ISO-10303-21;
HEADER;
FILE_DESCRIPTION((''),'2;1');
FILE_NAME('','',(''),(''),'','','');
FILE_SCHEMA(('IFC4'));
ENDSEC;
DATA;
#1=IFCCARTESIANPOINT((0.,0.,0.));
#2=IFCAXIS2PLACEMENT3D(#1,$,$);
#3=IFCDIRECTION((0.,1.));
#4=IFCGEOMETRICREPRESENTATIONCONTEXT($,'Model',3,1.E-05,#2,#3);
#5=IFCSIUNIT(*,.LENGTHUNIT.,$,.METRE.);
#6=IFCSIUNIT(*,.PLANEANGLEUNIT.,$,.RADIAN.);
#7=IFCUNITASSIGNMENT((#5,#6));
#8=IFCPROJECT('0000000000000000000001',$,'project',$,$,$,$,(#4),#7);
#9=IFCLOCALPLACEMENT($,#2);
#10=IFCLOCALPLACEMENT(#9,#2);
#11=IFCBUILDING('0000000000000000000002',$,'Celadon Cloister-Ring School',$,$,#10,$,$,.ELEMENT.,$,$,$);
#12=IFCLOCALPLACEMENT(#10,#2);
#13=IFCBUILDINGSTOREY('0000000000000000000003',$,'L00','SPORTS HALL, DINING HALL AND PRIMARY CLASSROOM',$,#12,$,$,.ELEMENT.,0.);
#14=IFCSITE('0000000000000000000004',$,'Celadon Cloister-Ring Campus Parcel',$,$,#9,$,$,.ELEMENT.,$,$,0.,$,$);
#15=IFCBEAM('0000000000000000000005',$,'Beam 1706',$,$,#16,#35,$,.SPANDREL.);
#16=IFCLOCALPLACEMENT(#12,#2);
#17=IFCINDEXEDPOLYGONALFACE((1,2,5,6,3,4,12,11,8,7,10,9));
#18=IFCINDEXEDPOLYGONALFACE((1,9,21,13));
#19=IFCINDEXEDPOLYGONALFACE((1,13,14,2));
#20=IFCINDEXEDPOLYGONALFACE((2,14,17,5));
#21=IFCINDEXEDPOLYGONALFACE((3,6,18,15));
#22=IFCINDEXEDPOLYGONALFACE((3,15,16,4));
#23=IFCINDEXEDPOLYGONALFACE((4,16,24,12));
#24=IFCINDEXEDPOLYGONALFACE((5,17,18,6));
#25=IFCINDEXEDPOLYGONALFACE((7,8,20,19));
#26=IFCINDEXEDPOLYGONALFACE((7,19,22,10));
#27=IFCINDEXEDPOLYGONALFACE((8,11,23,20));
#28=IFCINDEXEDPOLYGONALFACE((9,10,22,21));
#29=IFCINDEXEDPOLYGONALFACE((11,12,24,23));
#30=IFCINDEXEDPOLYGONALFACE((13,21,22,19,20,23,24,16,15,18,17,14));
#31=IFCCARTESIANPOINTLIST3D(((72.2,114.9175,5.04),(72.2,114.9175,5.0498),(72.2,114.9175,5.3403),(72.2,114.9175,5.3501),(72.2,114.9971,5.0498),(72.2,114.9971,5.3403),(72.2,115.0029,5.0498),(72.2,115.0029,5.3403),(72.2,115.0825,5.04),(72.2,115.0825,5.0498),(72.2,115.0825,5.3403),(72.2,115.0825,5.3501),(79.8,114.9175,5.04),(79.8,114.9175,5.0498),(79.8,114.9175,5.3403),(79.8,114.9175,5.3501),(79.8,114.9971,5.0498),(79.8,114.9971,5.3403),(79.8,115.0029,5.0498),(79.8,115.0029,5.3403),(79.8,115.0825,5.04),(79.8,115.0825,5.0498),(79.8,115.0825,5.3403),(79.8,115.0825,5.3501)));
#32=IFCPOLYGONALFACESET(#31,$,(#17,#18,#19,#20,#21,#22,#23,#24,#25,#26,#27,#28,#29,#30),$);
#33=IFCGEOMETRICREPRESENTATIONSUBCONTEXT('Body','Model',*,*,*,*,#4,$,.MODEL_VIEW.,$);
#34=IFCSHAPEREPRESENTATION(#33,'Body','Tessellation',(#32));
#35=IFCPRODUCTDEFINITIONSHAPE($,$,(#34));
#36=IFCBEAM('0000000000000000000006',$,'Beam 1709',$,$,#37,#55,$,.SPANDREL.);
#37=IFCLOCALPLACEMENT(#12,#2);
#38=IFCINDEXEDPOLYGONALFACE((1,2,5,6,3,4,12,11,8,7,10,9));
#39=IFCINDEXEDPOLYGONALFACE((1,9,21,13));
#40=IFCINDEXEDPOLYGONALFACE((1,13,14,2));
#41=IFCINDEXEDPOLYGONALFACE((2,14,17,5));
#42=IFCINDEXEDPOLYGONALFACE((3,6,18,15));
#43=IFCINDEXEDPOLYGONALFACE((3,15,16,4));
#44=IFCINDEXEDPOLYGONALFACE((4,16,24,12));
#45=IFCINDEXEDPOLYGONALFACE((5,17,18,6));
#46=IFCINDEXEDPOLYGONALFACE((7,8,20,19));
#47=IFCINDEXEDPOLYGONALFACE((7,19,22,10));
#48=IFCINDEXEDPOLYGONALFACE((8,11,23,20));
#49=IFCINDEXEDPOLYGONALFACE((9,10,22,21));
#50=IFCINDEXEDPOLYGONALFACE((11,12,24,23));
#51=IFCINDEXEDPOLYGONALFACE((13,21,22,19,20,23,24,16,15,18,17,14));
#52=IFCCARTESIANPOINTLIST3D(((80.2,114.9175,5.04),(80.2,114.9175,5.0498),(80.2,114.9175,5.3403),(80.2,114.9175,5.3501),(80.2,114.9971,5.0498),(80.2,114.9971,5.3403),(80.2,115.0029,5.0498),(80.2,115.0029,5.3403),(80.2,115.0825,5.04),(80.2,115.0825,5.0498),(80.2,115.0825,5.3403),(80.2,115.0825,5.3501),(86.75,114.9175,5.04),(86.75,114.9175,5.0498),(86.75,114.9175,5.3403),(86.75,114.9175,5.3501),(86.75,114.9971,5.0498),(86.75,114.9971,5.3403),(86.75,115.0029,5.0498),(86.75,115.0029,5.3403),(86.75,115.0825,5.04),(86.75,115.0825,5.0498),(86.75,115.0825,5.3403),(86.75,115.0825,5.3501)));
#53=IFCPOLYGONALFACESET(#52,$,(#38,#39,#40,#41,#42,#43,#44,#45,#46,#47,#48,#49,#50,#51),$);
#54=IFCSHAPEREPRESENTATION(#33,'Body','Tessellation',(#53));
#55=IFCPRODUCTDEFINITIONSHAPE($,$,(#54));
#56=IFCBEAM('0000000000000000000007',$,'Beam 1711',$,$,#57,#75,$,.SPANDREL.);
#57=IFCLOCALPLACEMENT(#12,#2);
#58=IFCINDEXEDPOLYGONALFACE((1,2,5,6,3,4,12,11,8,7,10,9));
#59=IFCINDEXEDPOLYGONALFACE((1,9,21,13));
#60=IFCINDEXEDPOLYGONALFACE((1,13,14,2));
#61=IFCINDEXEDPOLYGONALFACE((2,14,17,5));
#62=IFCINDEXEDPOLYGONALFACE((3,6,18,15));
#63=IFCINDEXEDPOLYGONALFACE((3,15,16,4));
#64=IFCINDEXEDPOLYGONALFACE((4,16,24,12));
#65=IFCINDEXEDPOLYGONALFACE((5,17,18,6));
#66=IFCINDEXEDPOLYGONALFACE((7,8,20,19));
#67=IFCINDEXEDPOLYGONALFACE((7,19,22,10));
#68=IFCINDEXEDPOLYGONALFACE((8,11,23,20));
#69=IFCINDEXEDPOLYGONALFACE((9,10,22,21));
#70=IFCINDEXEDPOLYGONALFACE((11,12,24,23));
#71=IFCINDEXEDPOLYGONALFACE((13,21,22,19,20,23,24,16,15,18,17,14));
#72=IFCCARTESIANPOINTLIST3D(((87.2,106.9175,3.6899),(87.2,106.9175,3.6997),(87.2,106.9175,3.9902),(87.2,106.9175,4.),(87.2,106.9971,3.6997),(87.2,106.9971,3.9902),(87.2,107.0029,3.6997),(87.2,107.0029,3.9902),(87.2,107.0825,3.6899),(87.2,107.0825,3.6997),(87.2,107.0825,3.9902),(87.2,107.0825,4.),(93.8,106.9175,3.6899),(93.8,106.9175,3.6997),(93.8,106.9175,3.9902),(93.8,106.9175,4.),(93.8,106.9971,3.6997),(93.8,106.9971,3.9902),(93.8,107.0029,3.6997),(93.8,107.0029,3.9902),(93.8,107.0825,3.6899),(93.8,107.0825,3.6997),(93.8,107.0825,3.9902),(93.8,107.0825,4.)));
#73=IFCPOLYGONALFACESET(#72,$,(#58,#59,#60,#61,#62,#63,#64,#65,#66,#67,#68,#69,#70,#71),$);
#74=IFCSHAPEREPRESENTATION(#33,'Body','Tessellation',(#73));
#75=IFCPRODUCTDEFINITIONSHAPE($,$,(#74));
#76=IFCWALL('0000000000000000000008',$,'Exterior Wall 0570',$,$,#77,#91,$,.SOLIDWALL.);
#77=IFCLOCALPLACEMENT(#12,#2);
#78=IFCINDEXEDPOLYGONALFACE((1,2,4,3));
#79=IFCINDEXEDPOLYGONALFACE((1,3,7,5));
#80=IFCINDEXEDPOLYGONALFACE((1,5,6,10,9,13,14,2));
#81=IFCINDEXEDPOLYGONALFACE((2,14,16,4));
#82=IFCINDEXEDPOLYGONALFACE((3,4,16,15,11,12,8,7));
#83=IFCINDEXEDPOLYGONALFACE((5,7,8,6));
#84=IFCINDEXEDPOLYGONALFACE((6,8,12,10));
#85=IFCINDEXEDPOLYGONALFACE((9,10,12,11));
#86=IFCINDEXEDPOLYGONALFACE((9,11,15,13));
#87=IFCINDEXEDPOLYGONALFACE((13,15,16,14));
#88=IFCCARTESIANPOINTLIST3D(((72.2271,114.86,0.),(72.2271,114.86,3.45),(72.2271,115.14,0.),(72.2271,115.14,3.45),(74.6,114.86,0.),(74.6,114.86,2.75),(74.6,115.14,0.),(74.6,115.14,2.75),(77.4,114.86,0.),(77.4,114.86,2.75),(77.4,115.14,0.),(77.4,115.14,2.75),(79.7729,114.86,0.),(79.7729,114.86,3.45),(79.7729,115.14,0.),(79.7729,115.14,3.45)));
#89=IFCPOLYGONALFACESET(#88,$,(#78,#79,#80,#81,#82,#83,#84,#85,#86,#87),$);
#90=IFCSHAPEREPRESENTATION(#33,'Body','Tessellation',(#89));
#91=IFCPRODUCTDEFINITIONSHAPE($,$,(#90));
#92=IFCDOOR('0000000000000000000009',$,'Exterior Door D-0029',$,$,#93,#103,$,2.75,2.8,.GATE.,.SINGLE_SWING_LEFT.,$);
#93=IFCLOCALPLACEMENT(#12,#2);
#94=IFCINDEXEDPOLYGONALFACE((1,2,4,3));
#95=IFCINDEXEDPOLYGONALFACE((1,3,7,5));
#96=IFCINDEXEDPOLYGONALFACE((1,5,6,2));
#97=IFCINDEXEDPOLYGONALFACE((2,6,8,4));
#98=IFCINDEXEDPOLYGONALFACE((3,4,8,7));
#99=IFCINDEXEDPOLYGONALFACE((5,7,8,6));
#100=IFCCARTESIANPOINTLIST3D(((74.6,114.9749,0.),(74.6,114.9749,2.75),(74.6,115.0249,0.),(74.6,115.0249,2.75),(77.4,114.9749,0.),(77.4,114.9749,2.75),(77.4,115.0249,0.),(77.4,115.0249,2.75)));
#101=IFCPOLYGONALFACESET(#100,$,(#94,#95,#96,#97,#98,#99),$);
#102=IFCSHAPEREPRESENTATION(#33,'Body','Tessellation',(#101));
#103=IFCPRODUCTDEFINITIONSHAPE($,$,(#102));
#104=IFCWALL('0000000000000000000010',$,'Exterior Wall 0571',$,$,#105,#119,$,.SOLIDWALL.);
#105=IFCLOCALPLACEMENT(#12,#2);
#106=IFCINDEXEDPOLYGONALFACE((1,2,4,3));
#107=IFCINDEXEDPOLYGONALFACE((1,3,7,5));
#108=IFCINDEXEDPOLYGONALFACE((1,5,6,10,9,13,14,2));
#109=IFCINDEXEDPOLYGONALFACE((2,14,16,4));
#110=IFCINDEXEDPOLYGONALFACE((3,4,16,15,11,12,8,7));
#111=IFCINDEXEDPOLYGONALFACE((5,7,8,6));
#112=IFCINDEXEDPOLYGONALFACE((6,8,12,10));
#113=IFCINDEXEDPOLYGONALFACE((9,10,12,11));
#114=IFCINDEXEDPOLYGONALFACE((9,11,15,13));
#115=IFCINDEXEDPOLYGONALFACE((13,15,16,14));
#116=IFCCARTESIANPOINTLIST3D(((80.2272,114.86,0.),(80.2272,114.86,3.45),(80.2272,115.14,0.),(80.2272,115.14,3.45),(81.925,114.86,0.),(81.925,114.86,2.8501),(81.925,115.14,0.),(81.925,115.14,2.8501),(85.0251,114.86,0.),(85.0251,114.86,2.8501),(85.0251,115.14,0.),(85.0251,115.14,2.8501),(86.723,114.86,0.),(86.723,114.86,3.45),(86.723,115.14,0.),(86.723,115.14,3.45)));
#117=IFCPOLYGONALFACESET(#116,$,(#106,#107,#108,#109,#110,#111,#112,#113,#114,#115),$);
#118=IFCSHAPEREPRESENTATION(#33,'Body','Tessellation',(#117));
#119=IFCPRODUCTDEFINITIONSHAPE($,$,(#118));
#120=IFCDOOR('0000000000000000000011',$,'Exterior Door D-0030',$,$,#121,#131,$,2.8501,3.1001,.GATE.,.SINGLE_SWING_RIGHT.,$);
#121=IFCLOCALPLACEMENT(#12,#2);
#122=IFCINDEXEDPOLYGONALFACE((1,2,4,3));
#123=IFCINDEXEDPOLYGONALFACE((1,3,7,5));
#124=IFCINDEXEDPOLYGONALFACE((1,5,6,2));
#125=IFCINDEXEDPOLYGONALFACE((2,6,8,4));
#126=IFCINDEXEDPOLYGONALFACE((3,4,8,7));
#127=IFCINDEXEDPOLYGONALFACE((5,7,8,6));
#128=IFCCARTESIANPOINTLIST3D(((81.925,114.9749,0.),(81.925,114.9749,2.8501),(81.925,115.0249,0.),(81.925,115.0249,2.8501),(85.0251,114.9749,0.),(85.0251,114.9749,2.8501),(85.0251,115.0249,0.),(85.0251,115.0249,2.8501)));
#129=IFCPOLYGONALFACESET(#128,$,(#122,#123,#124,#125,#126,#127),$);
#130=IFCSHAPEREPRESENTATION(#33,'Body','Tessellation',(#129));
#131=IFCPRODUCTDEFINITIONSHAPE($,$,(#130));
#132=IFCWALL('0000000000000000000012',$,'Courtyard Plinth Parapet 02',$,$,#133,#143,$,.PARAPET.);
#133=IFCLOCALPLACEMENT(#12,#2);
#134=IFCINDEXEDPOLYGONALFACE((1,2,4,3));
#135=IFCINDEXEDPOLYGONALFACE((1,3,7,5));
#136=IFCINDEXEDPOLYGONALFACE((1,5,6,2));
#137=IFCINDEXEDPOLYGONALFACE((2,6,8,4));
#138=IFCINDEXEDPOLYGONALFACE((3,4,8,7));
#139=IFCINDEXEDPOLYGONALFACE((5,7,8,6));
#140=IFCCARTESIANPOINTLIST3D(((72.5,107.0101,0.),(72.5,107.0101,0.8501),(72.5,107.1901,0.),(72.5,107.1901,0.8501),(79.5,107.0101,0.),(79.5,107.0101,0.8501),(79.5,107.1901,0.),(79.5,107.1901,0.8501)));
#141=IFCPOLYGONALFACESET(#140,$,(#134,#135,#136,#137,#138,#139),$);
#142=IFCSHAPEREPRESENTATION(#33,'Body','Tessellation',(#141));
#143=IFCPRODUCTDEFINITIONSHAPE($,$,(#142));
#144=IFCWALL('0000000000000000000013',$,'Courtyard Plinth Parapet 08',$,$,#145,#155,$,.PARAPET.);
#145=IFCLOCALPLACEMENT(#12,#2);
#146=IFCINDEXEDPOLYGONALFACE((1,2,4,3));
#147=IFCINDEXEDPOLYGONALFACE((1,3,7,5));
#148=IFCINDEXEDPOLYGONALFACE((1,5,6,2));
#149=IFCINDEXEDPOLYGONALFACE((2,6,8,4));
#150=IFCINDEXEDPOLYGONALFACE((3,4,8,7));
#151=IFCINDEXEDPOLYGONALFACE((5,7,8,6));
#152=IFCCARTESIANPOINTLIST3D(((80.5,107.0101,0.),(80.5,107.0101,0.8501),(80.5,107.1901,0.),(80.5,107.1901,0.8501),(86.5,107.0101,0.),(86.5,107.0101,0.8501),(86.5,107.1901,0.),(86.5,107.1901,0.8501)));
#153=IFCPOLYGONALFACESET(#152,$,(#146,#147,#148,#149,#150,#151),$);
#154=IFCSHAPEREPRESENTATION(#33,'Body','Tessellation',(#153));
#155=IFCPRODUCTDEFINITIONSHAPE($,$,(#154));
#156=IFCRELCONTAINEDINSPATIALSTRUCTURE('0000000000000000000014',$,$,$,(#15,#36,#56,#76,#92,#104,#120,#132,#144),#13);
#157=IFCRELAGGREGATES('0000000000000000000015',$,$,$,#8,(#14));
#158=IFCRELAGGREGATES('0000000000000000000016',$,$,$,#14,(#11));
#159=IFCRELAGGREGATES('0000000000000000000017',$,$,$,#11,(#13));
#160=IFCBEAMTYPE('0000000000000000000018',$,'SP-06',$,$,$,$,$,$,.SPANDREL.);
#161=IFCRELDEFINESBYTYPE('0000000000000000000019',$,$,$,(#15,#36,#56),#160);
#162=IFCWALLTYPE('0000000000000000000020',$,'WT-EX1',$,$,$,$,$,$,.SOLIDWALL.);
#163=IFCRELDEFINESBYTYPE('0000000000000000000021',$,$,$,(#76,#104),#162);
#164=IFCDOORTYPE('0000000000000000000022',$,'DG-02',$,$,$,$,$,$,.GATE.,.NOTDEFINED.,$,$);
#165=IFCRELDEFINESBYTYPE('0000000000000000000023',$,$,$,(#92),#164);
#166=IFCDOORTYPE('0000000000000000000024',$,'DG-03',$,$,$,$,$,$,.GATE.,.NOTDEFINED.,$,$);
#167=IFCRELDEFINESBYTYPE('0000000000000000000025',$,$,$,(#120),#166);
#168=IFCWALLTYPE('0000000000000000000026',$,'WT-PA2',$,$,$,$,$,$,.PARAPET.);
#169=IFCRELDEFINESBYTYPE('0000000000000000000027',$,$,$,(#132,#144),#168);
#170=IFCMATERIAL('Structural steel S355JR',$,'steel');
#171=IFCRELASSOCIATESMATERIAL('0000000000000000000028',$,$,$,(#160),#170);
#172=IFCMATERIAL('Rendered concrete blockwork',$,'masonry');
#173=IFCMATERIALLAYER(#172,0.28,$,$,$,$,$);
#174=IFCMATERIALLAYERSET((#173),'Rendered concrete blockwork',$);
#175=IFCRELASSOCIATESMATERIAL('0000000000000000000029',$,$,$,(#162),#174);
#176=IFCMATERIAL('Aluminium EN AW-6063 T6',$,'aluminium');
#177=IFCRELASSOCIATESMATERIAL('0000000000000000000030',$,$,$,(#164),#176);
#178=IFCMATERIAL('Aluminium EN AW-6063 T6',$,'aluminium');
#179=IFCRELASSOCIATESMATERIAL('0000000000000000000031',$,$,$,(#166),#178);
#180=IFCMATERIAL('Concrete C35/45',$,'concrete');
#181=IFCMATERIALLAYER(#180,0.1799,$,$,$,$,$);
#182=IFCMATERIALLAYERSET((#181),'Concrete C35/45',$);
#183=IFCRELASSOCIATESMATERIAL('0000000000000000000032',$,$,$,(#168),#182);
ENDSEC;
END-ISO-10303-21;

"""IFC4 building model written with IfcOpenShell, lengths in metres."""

from ifc_helpers import new_model, si_unit, direction, frame, frame_2d, origin, origin_2d, place, context, subcontext, project, spatial, rectangle, i_section, extrude, material, layer, layer_set, material_profile, profile_set, type_object, element, fill, save


model = new_model("IFC4")

# Units and contexts
model_context = context("Model", 3, precision=1e-05, world=origin(), true_north=direction((0.0, 1.0)))
body_context = subcontext(model_context, "Body", "Model", "MODEL_VIEW")
ifc_project = project(units=[si_unit("LENGTHUNIT", "METRE"), si_unit("PLANEANGLEUNIT", "RADIAN")], contexts=[model_context])

# Site, building, storey
site_placement = place(None, origin())
site = spatial("IfcSite", under=ifc_project, at=site_placement, Name="Celadon Cloister-Ring Campus Parcel", CompositionType="ELEMENT", RefElevation=0.0)
building_placement = place(site_placement, origin())
building = spatial("IfcBuilding", under=site, at=building_placement, Name="Celadon Cloister-Ring School", CompositionType="ELEMENT")
storey_placement = place(building_placement, origin())
storey = spatial("IfcBuildingStorey", under=building, at=storey_placement, Name="L00", Description="SPORTS HALL, DINING HALL AND PRIMARY CLASSROOM", CompositionType="ELEMENT", Elevation=0.0)

# Beams
ifc_material_1 = material(Name="Structural steel S355JR", Category="steel")
ifc_material_profile_1 = material_profile(ifc_material_1, i_section(OverallWidth=0.165, OverallDepth=0.3101, WebThickness=0.0059, FlangeThickness=0.0098, at=origin_2d()), Name="W310X39")
ifc_profile_set_1 = profile_set([ifc_material_profile_1], Name="Structural steel S355JR")
beam_type_1 = type_object("IfcBeamType", Name="SP-06", PredefinedType="SPANDREL", material=ifc_profile_set_1)
beam_1_placement = place(storey_placement, frame((72.2, 115.0, 5.1951), z_axis=(1.0, 0.0, 0.0), x_axis=(0.0, 1.0, 0.0)))
element("IfcBeam", 1, at=beam_1_placement, inside=storey, type_object=beam_type_1, Name="Beam 1706", PredefinedType="SPANDREL", context=body_context, shape_type="SweptSolid", body=[
    extrude(i_section(OverallWidth=0.165, OverallDepth=0.3101, WebThickness=0.0059, FlangeThickness=0.0098, at=origin_2d()), origin(), (0.0, 0.0, 1.0), 7.6001),
])
beam_2_placement = place(storey_placement, frame((80.2, 115.0, 5.1951), z_axis=(1.0, 0.0, 0.0), x_axis=(0.0, 1.0, 0.0)))
element("IfcBeam", 2, at=beam_2_placement, inside=storey, type_object=beam_type_1, Name="Beam 1709", PredefinedType="SPANDREL", context=body_context, shape_type="SweptSolid", body=[
    extrude(i_section(OverallWidth=0.165, OverallDepth=0.3101, WebThickness=0.0059, FlangeThickness=0.0098, at=origin_2d()), origin(), (0.0, 0.0, 1.0), 6.55),
])
beam_3_placement = place(storey_placement, frame((87.2, 107.0, 3.845), z_axis=(1.0, 0.0, 0.0), x_axis=(0.0, 1.0, 0.0)))
element("IfcBeam", 3, at=beam_3_placement, inside=storey, type_object=beam_type_1, Name="Beam 1711", PredefinedType="SPANDREL", context=body_context, shape_type="SweptSolid", body=[
    extrude(i_section(OverallWidth=0.165, OverallDepth=0.3101, WebThickness=0.0059, FlangeThickness=0.0098, at=origin_2d()), origin(), (0.0, 0.0, 1.0), 6.6001),
])

# Walls, openings, doors
ifc_material_2 = material(Name="Rendered concrete blockwork", Category="masonry")
ifc_layer_1 = layer(ifc_material_2, 0.28)
ifc_layer_set_1 = layer_set([ifc_layer_1], Name="Rendered concrete blockwork")
wall_type_1 = type_object("IfcWallType", Name="WT-EX1", PredefinedType="SOLIDWALL", material=ifc_layer_set_1)
wall_1_placement = place(storey_placement, frame((72.2271, 115.0, 0.0), z_axis=(0.0, 0.0, 1.0), x_axis=(1.0, 0.0, 0.0)))
wall_1 = element("IfcWall", 4, at=wall_1_placement, inside=storey, type_object=wall_type_1, Name="Exterior Wall 0570", PredefinedType="SOLIDWALL", context=body_context, shape_type="SweptSolid", body=[
    extrude(rectangle(XDim=7.5459, YDim=0.28, at=frame_2d((3.7729, 0.0))), origin(), (0.0, 0.0, 1.0), 3.45),
])
opening_1_placement = place(wall_1_placement, frame((2.373, 0.0, 0.0)))
opening_1 = element("IfcOpeningElement", 5, at=opening_1_placement, cuts=wall_1, PredefinedType="OPENING", context=body_context, shape_type="SweptSolid", body=[
    extrude(rectangle(XDim=2.8, YDim=2.75, at=frame_2d((1.3999, 1.375))), frame((0.0, 0.1499, 0.0), z_axis=(0.0, -1.0, 0.0), x_axis=(1.0, 0.0, 0.0)), (0.0, 0.0, 1.0), 0.3),
])
ifc_material_3 = material(Name="Aluminium EN AW-6063 T6", Category="aluminium")
door_type_1 = type_object("IfcDoorType", Name="DG-02", OperationType="NOTDEFINED", PredefinedType="GATE", material=ifc_material_3)
door_1_placement = place(opening_1_placement, origin())
door_1 = element("IfcDoor", 6, at=door_1_placement, inside=storey, type_object=door_type_1, Name="Exterior Door D-0029", OperationType="SINGLE_SWING_LEFT", OverallHeight=2.75, OverallWidth=2.8, PredefinedType="GATE", context=body_context, shape_type="SweptSolid", body=[
    extrude(rectangle(XDim=2.8, YDim=2.75, at=frame_2d((1.3999, 1.375))), frame((0.0, 0.0249, 0.0), z_axis=(0.0, -1.0, 0.0), x_axis=(1.0, 0.0, 0.0)), (0.0, 0.0, 1.0), 0.05),
])
fill(opening_1, door_1)
wall_2_placement = place(storey_placement, frame((80.2271, 115.0, 0.0), z_axis=(0.0, 0.0, 1.0), x_axis=(1.0, 0.0, 0.0)))
wall_2 = element("IfcWall", 7, at=wall_2_placement, inside=storey, type_object=wall_type_1, Name="Exterior Wall 0571", PredefinedType="SOLIDWALL", context=body_context, shape_type="SweptSolid", body=[
    extrude(rectangle(XDim=6.4958, YDim=0.28, at=frame_2d((3.248, 0.0))), origin(), (0.0, 0.0, 1.0), 3.45),
])
opening_2_placement = place(wall_2_placement, frame((1.698, 0.0, 0.0)))
opening_2 = element("IfcOpeningElement", 8, at=opening_2_placement, cuts=wall_2, PredefinedType="OPENING", context=body_context, shape_type="SweptSolid", body=[
    extrude(rectangle(XDim=3.1001, YDim=2.8501, at=frame_2d((1.55, 1.425))), frame((0.0, 0.1499, 0.0), z_axis=(0.0, -1.0, 0.0), x_axis=(1.0, 0.0, 0.0)), (0.0, 0.0, 1.0), 0.3),
])
ifc_material_4 = material(Name="Aluminium EN AW-6063 T6", Category="aluminium")
door_type_2 = type_object("IfcDoorType", Name="DG-03", OperationType="NOTDEFINED", PredefinedType="GATE", material=ifc_material_4)
door_2_placement = place(opening_2_placement, origin())
door_2 = element("IfcDoor", 9, at=door_2_placement, inside=storey, type_object=door_type_2, Name="Exterior Door D-0030", OperationType="SINGLE_SWING_RIGHT", OverallHeight=2.8501, OverallWidth=3.1001, PredefinedType="GATE", context=body_context, shape_type="SweptSolid", body=[
    extrude(rectangle(XDim=3.1001, YDim=2.8501, at=frame_2d((1.55, 1.425))), frame((0.0, 0.0249, 0.0), z_axis=(0.0, -1.0, 0.0), x_axis=(1.0, 0.0, 0.0)), (0.0, 0.0, 1.0), 0.05),
])
fill(opening_2, door_2)

# Walls
ifc_material_5 = material(Name="Concrete C35/45", Category="concrete")
ifc_layer_2 = layer(ifc_material_5, 0.1799)
ifc_layer_set_2 = layer_set([ifc_layer_2], Name="Concrete C35/45")
wall_type_2 = type_object("IfcWallType", Name="WT-PA2", PredefinedType="PARAPET", material=ifc_layer_set_2)
wall_3_placement = place(storey_placement, frame((72.5, 107.1001, 0.0), z_axis=(0.0, 0.0, 1.0), x_axis=(1.0, 0.0, 0.0)))
element("IfcWall", 10, at=wall_3_placement, inside=storey, type_object=wall_type_2, Name="Courtyard Plinth Parapet 02", PredefinedType="PARAPET", context=body_context, shape_type="SweptSolid", body=[
    extrude(rectangle(XDim=7.0, YDim=0.1799, at=frame_2d((3.5, 0.0))), origin(), (0.0, 0.0, 1.0), 0.8501),
])
wall_4_placement = place(storey_placement, frame((80.5, 107.1001, 0.0), z_axis=(0.0, 0.0, 1.0), x_axis=(1.0, 0.0, 0.0)))
element("IfcWall", 11, at=wall_4_placement, inside=storey, type_object=wall_type_2, Name="Courtyard Plinth Parapet 08", PredefinedType="PARAPET", context=body_context, shape_type="SweptSolid", body=[
    extrude(rectangle(XDim=6.0, YDim=0.1799, at=frame_2d((3.0, 0.0))), origin(), (0.0, 0.0, 1.0), 0.8501),
])

save(model, "model.ifc")
